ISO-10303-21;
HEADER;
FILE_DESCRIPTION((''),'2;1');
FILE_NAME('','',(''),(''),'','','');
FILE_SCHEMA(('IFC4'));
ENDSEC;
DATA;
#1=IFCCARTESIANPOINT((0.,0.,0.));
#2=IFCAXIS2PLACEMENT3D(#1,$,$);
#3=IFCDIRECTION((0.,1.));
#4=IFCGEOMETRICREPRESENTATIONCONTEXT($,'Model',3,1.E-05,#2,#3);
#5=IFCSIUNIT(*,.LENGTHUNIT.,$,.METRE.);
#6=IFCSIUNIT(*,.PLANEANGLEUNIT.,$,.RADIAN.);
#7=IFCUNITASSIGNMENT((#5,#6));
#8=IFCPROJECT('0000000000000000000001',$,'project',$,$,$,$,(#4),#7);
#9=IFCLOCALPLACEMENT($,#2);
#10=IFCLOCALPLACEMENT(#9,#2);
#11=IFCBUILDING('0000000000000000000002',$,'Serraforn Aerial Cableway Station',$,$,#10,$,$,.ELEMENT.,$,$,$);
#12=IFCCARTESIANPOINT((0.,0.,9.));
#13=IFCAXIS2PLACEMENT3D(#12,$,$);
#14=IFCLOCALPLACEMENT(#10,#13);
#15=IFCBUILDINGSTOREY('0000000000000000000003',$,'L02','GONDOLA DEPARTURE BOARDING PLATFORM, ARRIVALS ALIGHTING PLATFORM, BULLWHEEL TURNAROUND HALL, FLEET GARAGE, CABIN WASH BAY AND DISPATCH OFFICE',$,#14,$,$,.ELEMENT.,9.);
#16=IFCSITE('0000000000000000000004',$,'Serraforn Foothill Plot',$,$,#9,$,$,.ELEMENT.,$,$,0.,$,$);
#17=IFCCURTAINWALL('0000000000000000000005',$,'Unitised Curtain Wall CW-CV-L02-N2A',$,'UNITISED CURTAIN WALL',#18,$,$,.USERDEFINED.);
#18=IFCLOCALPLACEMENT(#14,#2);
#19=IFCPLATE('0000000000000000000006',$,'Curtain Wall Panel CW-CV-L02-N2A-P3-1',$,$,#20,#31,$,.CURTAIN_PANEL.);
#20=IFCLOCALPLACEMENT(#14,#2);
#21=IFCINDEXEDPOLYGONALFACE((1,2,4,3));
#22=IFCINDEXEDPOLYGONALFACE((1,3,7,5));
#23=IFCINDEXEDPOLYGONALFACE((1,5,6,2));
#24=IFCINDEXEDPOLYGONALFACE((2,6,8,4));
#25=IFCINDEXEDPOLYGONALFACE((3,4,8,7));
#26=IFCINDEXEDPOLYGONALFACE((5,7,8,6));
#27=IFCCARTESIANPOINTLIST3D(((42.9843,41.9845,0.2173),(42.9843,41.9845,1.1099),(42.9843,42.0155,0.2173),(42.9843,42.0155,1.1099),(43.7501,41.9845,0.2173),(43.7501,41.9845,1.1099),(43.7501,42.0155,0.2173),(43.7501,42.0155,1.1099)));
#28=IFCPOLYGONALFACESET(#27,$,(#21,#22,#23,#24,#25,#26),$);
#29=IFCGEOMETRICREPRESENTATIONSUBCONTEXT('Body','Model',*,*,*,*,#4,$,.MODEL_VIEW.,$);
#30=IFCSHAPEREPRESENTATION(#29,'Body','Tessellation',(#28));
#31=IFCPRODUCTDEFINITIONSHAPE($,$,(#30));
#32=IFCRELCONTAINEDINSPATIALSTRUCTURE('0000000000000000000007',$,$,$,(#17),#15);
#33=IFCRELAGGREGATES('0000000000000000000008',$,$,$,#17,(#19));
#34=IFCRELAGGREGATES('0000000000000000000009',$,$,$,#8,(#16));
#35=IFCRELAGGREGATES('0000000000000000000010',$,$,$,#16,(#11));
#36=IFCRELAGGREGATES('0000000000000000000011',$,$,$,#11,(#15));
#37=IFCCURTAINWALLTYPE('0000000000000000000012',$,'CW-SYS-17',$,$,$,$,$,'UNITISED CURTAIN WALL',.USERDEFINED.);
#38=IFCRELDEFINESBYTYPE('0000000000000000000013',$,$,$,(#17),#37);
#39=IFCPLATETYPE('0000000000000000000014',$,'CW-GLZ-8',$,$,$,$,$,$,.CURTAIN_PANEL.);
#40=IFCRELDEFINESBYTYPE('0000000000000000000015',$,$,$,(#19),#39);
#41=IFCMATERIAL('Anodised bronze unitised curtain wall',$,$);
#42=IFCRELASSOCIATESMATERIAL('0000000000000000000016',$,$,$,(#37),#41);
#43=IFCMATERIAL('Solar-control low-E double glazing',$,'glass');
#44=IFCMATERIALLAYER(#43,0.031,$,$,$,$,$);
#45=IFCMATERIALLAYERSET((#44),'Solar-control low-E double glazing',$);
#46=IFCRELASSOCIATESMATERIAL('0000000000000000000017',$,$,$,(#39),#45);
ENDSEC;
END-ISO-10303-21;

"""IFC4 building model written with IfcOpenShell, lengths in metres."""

from ifc_helpers import new_model, si_unit, direction, frame, origin, origin_2d, place, context, subcontext, project, spatial, rectangle, extrude, material, layer, layer_set, type_object, element, aggregate, save


model = new_model("IFC4")

# Units and contexts
model_context = context("Model", 3, precision=1e-05, world=origin(), true_north=direction((0.0, 1.0)))
body_context = subcontext(model_context, "Body", "Model", "MODEL_VIEW")
ifc_project = project(units=[si_unit("LENGTHUNIT", "METRE"), si_unit("PLANEANGLEUNIT", "RADIAN")], contexts=[model_context])

# Site, building, storey
site_placement = place(None, origin())
site = spatial("IfcSite", under=ifc_project, at=site_placement, Name="Serraforn Foothill Plot", CompositionType="ELEMENT", RefElevation=0.0)
building_placement = place(site_placement, origin())
building = spatial("IfcBuilding", under=site, at=building_placement, Name="Serraforn Aerial Cableway Station", CompositionType="ELEMENT")
storey_placement = place(building_placement, frame((0.0, 0.0, 9.0)))
storey = spatial("IfcBuildingStorey", under=building, at=storey_placement, Name="L02", Description="GONDOLA DEPARTURE BOARDING PLATFORM, ARRIVALS ALIGHTING PLATFORM, BULLWHEEL TURNAROUND HALL, FLEET GARAGE, CABIN WASH BAY AND DISPATCH OFFICE", CompositionType="ELEMENT", Elevation=9.0)

# Curtain wall, plate
ifc_material_1 = material(Name="Anodised bronze unitised curtain wall")
curtain_wall_type = type_object("IfcCurtainWallType", Name="CW-SYS-17", ElementType="UNITISED CURTAIN WALL", PredefinedType="USERDEFINED", material=ifc_material_1)
curtain_wall_placement = place(storey_placement, origin())
curtain_wall = element("IfcCurtainWall", 1, at=curtain_wall_placement, inside=storey, type_object=curtain_wall_type, Name="Unitised Curtain Wall CW-CV-L02-N2A", ObjectType="UNITISED CURTAIN WALL", PredefinedType="USERDEFINED")
ifc_material_2 = material(Name="Solar-control low-E double glazing", Category="glass")
ifc_layer_1 = layer(ifc_material_2, 0.031)
ifc_layer_set_1 = layer_set([ifc_layer_1], Name="Solar-control low-E double glazing")
plate_type_1 = type_object("IfcPlateType", Name="CW-GLZ-8", PredefinedType="CURTAIN_PANEL", material=ifc_layer_set_1)
plate_1_placement = place(storey_placement, frame((43.3672, 42.0, 0.2173), z_axis=(0.0, 0.0, 1.0), x_axis=(1.0, 0.0, 0.0)))
plate_1 = element("IfcPlate", 2, at=plate_1_placement, type_object=plate_type_1, Name="Curtain Wall Panel CW-CV-L02-N2A-P3-1", PredefinedType="CURTAIN_PANEL", context=body_context, shape_type="SweptSolid", body=[
    extrude(rectangle(XDim=0.7659, YDim=0.031, at=origin_2d()), origin(), (0.0, 0.0, 1.0), 0.8926),
])
aggregate(curtain_wall, [plate_1])

save(model, "model.ifc")
